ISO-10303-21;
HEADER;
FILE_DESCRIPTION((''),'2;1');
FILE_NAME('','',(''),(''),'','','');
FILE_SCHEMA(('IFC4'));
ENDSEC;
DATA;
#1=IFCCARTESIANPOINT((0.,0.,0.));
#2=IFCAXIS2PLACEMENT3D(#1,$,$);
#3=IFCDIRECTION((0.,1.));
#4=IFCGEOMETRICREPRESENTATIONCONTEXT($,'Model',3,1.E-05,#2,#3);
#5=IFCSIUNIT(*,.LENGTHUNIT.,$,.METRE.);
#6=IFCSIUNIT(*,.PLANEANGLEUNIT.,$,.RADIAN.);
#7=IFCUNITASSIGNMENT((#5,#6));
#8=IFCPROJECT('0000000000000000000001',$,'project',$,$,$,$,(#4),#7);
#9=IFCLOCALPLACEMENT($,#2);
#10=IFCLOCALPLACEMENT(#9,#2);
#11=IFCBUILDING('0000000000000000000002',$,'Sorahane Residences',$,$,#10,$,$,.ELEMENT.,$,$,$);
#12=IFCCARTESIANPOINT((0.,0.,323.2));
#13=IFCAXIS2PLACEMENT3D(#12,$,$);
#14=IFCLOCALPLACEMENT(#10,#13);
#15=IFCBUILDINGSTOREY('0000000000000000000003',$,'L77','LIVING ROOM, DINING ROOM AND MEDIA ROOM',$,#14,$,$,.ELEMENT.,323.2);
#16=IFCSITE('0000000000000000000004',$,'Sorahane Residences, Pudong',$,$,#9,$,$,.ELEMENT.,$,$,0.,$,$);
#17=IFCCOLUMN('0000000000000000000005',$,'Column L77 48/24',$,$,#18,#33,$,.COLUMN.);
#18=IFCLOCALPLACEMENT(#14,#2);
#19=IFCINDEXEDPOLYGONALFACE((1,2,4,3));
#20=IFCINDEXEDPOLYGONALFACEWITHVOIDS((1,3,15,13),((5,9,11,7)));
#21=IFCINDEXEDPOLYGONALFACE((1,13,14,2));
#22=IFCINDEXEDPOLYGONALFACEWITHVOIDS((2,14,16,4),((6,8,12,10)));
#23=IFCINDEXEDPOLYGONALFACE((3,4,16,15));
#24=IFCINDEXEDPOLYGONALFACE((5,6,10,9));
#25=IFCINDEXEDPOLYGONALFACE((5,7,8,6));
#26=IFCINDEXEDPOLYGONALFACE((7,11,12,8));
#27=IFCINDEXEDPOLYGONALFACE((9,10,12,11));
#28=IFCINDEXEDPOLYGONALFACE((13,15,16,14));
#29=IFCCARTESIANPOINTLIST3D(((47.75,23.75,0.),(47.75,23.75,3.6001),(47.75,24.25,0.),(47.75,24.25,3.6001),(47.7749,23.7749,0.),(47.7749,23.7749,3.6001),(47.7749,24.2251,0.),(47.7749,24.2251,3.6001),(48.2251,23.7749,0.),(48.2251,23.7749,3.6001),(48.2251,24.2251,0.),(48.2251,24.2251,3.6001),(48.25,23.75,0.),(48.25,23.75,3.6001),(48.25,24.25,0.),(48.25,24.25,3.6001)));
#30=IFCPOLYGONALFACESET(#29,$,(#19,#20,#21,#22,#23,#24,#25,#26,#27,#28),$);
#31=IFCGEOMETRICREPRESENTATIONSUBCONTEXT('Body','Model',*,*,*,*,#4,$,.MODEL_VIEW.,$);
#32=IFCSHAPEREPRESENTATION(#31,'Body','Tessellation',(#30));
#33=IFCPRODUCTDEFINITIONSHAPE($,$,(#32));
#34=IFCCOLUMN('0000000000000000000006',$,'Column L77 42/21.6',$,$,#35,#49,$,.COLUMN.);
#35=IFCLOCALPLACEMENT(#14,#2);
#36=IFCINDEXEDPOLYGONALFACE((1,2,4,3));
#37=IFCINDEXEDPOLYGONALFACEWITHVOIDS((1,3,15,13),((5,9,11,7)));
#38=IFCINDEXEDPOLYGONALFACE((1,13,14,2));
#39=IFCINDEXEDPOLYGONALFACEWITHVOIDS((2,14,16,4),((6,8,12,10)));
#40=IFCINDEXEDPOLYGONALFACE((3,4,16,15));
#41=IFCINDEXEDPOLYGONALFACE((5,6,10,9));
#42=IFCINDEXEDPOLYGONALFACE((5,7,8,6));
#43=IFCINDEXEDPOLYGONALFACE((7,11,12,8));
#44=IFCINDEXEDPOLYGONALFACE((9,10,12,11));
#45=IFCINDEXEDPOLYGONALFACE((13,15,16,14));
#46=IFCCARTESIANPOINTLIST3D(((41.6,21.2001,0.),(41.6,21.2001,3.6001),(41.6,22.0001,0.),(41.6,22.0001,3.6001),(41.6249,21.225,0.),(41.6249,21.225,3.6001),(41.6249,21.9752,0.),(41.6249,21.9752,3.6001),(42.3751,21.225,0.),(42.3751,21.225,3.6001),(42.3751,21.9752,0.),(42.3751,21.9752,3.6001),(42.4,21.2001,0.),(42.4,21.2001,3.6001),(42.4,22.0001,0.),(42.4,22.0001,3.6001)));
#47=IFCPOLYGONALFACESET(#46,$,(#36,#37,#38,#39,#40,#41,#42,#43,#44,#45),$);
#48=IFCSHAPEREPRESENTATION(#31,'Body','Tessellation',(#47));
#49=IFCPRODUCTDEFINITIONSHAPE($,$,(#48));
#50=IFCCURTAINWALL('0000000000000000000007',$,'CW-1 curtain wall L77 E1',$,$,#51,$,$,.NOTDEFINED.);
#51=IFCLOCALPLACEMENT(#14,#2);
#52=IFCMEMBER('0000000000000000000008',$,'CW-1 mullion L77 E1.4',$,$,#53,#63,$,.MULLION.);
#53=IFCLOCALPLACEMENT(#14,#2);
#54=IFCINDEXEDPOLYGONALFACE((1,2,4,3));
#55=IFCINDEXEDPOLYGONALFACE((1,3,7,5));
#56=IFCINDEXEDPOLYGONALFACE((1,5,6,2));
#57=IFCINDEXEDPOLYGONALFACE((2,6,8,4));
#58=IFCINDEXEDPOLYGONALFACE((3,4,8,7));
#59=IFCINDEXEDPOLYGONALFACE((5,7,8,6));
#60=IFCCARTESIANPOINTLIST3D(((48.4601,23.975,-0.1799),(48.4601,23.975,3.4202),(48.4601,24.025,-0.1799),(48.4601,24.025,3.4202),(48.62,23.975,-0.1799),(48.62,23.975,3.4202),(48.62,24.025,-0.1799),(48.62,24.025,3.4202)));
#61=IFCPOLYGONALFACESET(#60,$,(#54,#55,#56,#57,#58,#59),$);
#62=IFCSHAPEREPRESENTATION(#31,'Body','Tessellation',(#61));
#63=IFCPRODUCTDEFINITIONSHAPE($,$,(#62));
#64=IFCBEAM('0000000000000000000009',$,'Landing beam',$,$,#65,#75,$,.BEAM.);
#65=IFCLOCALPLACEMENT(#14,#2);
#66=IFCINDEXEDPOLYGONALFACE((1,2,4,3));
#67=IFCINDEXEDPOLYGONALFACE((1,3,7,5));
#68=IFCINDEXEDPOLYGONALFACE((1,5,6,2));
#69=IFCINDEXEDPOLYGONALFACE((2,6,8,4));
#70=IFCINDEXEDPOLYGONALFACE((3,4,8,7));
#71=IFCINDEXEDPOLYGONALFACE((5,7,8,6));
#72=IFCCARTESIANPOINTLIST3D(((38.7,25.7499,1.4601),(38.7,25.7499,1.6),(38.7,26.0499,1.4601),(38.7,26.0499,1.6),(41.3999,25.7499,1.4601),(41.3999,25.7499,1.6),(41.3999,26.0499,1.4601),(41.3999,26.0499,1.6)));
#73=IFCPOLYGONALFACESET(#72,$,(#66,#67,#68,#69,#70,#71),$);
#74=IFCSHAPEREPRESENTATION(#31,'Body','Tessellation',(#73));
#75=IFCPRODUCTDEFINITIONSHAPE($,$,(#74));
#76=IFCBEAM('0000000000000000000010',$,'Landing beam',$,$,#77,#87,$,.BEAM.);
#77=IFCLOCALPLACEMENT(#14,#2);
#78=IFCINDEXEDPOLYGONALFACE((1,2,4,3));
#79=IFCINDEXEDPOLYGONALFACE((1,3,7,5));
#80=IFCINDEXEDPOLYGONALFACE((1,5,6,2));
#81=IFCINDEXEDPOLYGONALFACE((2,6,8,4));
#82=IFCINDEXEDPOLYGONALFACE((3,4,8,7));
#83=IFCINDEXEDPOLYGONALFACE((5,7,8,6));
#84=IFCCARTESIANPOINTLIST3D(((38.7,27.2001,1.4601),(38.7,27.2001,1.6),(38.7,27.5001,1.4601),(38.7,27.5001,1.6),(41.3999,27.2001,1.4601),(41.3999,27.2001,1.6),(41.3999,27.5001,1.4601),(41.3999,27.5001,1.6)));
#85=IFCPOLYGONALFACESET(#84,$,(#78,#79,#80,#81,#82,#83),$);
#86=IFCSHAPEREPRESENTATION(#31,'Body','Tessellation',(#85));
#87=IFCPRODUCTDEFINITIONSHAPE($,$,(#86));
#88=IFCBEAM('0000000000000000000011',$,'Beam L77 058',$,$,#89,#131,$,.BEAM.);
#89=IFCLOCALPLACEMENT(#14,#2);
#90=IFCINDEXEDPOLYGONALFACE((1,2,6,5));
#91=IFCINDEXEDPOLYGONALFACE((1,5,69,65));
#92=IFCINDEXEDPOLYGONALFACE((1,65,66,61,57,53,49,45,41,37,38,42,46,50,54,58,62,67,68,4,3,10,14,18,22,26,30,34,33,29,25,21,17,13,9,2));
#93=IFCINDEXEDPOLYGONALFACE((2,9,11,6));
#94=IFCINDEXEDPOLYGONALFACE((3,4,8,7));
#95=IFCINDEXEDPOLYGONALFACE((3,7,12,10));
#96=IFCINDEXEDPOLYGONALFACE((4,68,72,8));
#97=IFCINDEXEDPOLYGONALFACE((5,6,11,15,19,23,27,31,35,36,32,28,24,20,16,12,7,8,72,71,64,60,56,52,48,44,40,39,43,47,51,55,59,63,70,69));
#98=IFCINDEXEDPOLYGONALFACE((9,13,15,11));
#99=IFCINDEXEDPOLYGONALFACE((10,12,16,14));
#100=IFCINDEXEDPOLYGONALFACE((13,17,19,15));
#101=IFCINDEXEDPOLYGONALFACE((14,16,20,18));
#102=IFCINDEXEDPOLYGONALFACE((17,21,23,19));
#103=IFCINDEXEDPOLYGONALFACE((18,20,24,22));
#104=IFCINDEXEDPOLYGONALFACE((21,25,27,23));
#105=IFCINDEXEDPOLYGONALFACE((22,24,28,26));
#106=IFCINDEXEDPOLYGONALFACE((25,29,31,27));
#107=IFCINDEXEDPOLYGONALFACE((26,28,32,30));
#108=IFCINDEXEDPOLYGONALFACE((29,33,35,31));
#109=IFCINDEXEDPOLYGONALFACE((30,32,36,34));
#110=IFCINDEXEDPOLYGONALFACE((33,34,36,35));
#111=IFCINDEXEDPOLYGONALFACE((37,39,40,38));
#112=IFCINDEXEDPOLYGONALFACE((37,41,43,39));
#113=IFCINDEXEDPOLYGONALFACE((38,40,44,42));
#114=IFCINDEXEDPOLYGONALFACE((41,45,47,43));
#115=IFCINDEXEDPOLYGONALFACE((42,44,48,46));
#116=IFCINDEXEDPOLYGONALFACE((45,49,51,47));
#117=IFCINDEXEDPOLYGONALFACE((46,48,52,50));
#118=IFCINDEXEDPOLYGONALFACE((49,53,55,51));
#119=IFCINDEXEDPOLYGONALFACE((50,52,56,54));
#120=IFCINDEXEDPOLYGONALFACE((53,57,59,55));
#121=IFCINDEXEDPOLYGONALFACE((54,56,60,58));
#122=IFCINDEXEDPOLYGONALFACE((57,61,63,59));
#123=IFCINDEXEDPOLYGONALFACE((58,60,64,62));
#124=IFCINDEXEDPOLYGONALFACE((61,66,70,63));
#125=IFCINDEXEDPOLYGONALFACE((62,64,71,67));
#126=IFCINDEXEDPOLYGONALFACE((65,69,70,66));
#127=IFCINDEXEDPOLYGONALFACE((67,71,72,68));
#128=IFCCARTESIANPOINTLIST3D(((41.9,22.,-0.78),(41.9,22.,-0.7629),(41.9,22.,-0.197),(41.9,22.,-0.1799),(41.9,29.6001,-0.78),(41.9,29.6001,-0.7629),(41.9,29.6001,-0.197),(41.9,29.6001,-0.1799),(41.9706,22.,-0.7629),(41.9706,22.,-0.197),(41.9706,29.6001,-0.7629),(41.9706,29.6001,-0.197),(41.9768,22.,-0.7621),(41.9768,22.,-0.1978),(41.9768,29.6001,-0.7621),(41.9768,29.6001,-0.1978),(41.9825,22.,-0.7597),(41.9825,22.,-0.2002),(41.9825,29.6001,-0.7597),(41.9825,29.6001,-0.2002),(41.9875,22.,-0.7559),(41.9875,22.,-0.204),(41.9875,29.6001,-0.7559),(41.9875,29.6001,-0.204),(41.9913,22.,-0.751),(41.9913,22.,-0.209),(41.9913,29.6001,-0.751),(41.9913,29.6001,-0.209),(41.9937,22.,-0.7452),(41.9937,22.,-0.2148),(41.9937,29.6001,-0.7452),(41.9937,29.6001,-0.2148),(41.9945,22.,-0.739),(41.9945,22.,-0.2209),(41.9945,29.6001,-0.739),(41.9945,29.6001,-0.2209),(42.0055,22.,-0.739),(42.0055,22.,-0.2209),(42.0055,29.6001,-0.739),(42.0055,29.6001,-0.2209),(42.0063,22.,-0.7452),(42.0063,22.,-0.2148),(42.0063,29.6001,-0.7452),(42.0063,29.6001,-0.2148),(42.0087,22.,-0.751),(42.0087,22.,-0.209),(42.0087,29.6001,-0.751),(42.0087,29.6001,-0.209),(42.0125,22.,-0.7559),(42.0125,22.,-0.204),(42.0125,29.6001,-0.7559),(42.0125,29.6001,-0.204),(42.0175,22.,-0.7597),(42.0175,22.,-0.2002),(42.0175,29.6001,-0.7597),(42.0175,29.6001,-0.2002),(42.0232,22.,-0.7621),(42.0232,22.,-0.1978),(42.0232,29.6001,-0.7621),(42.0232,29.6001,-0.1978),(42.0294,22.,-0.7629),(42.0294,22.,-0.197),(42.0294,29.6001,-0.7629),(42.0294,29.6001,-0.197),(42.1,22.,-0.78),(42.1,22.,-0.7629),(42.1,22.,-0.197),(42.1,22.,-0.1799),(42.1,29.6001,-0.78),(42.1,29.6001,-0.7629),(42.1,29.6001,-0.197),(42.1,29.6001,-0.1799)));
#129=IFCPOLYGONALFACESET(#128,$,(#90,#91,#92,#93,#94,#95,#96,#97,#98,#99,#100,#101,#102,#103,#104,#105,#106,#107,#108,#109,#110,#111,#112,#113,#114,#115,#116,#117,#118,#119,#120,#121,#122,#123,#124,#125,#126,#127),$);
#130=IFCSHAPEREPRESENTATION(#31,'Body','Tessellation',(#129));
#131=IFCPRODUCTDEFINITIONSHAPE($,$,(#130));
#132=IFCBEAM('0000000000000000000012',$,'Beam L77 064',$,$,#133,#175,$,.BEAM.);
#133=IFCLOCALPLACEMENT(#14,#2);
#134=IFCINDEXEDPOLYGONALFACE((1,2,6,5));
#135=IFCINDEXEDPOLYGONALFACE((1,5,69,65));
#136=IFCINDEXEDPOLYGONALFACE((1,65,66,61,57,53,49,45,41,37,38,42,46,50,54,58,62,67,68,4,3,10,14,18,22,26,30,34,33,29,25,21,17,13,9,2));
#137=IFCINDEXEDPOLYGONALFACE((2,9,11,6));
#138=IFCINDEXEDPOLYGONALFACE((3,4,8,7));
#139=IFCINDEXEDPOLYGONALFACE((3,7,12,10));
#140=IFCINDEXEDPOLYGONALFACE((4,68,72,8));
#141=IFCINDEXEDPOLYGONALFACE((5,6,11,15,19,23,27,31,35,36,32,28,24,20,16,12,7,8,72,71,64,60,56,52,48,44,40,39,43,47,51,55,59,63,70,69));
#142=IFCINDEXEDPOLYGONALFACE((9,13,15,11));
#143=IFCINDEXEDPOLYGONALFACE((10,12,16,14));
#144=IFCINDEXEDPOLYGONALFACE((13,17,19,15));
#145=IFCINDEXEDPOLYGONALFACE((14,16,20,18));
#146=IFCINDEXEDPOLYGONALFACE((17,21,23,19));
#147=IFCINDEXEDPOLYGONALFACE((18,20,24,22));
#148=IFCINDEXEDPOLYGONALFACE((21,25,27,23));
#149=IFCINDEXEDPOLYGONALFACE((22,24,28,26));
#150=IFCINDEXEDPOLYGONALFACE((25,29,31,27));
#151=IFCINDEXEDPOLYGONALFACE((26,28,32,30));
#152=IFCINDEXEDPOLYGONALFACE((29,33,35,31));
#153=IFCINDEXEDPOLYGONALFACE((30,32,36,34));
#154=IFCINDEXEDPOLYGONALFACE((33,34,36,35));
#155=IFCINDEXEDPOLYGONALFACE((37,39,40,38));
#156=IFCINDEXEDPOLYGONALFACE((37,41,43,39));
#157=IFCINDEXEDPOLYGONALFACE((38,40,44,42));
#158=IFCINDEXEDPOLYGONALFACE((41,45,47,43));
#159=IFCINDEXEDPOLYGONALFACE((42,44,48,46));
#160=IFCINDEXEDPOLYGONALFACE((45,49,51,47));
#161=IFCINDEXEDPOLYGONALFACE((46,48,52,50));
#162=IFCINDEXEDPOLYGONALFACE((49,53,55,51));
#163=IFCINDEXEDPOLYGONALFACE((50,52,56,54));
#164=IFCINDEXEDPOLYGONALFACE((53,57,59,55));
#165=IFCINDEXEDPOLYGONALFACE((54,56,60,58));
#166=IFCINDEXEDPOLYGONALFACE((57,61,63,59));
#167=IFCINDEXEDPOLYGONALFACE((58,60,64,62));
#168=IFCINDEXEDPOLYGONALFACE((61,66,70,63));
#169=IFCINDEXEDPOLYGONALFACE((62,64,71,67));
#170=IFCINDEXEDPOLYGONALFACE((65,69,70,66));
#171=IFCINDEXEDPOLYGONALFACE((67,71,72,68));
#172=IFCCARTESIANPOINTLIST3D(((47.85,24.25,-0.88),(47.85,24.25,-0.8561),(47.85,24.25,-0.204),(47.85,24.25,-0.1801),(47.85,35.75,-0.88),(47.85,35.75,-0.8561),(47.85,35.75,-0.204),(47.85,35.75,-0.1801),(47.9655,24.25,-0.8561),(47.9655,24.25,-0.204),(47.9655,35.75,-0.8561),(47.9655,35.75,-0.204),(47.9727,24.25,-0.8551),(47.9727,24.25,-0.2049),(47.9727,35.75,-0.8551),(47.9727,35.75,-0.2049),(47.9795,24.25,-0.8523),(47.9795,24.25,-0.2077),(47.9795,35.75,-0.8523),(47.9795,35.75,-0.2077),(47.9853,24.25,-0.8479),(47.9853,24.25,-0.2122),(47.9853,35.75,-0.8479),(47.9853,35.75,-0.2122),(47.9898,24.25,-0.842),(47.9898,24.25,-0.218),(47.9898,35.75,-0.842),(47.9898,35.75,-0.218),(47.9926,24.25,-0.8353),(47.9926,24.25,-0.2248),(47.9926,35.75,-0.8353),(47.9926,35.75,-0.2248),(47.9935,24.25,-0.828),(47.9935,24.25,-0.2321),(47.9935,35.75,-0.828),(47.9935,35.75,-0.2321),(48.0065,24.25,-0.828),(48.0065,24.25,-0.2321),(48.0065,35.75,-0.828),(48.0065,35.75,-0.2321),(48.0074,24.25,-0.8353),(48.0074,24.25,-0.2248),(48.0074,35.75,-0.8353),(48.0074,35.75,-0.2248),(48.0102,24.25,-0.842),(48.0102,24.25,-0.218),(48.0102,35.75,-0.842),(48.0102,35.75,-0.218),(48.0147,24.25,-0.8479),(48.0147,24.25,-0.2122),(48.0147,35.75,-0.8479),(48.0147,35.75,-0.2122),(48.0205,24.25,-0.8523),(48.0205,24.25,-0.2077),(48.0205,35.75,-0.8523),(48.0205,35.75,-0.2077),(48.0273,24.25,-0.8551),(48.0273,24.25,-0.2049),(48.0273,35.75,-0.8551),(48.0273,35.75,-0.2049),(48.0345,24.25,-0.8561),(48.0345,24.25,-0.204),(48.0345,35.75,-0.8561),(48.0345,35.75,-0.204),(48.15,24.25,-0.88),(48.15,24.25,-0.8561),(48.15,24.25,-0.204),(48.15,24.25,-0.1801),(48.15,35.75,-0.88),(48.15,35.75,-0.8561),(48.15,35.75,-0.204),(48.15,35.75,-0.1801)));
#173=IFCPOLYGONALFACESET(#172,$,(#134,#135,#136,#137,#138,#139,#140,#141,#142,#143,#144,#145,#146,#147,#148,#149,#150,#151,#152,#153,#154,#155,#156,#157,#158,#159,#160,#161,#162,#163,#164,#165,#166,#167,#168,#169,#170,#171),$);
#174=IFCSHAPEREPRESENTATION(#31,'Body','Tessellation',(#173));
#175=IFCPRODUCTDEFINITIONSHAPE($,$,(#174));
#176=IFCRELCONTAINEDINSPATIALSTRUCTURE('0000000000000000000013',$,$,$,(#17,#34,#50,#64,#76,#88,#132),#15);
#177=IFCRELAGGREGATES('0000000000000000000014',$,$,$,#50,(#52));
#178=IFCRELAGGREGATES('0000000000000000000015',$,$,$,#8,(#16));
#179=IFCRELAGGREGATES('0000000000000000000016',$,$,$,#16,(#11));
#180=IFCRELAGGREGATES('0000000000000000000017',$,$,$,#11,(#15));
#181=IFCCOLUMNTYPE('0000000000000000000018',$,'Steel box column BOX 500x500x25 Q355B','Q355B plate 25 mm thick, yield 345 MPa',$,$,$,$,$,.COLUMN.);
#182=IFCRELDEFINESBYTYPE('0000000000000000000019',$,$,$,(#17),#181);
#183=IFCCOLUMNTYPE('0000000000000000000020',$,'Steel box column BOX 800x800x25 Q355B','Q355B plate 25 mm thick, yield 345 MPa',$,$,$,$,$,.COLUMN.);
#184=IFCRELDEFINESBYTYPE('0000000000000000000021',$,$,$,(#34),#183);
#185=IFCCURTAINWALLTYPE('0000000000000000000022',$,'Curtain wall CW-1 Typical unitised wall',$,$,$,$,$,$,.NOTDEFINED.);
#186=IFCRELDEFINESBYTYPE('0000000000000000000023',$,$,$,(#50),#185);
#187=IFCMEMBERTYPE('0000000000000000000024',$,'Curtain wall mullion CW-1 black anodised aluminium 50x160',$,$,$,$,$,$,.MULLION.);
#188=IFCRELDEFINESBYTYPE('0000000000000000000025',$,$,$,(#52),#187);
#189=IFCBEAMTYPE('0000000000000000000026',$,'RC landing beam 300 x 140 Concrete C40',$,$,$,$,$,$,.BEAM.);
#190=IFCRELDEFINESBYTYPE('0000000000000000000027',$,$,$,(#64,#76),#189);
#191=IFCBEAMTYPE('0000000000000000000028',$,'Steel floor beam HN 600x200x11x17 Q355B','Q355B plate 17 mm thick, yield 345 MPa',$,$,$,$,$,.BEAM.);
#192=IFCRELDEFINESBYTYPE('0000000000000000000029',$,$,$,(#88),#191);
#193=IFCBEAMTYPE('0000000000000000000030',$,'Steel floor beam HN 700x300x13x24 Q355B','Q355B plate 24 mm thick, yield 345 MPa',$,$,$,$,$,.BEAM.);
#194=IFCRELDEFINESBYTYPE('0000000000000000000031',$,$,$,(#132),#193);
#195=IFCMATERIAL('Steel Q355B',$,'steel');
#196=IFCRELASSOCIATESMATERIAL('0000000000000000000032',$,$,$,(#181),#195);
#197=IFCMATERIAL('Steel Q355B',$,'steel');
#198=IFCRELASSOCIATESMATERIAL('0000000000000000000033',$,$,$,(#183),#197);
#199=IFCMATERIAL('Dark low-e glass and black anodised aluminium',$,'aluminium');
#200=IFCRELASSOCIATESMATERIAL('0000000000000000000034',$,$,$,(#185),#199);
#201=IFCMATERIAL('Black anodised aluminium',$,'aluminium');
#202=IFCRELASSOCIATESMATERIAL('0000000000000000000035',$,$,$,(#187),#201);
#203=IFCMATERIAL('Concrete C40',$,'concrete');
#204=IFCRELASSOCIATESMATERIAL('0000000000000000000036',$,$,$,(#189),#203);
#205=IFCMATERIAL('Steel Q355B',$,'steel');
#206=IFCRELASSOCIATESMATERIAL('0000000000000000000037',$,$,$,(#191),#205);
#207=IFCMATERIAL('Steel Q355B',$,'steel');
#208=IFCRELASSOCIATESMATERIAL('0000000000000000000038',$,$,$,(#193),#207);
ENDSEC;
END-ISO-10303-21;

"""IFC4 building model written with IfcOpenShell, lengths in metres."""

from ifc_helpers import new_model, si_unit, direction, frame, origin, origin_2d, place, context, subcontext, project, spatial, rectangle, hollow_rectangle, i_section, extrude, material, material_profile, profile_set, type_object, element, aggregate, save


model = new_model("IFC4")

# Units and contexts
model_context = context("Model", 3, precision=1e-05, world=origin(), true_north=direction((0.0, 1.0)))
body_context = subcontext(model_context, "Body", "Model", "MODEL_VIEW")
ifc_project = project(units=[si_unit("LENGTHUNIT", "METRE"), si_unit("PLANEANGLEUNIT", "RADIAN")], contexts=[model_context])

# Site, building, storey
site_placement = place(None, origin())
site = spatial("IfcSite", under=ifc_project, at=site_placement, Name="Sorahane Residences, Pudong", CompositionType="ELEMENT", RefElevation=0.0)
building_placement = place(site_placement, origin())
building = spatial("IfcBuilding", under=site, at=building_placement, Name="Sorahane Residences", CompositionType="ELEMENT")
storey_placement = place(building_placement, frame((0.0, 0.0, 323.2)))
storey = spatial("IfcBuildingStorey", under=building, at=storey_placement, Name="L77", Description="LIVING ROOM, DINING ROOM AND MEDIA ROOM", CompositionType="ELEMENT", Elevation=323.2)

# Columns
ifc_material_1 = material(Name="Steel Q355B", Category="steel")
ifc_material_profile_1 = material_profile(ifc_material_1, hollow_rectangle(XDim=0.5, YDim=0.5, WallThickness=0.0249, at=origin_2d()), Name="BOX 500x500x25")
ifc_profile_set_1 = profile_set([ifc_material_profile_1], Name="Steel Q355B")
column_type_1 = type_object("IfcColumnType", Name="Steel box column BOX 500x500x25 Q355B", Description="Q355B plate 25 mm thick, yield 345 MPa", PredefinedType="COLUMN", material=ifc_profile_set_1)
column_1_placement = place(storey_placement, frame((48.0, 24.0, 0.0), z_axis=(0.0, 0.0, 1.0), x_axis=(1.0, 0.0, 0.0)))
element("IfcColumn", 1, at=column_1_placement, inside=storey, type_object=column_type_1, Name="Column L77 48/24", PredefinedType="COLUMN", context=body_context, shape_type="SweptSolid", body=[
    extrude(hollow_rectangle(XDim=0.5, YDim=0.5, WallThickness=0.0249, at=origin_2d()), origin(), (0.0, 0.0, 1.0), 3.6001),
])
ifc_material_2 = material(Name="Steel Q355B", Category="steel")
ifc_material_profile_2 = material_profile(ifc_material_2, hollow_rectangle(XDim=0.8, YDim=0.8, WallThickness=0.0249, at=origin_2d()), Name="BOX 800x800x25")
ifc_profile_set_2 = profile_set([ifc_material_profile_2], Name="Steel Q355B")
column_type_2 = type_object("IfcColumnType", Name="Steel box column BOX 800x800x25 Q355B", Description="Q355B plate 25 mm thick, yield 345 MPa", PredefinedType="COLUMN", material=ifc_profile_set_2)
column_2_placement = place(storey_placement, frame((42.0, 21.6001, 0.0), z_axis=(0.0, 0.0, 1.0), x_axis=(1.0, 0.0, 0.0)))
element("IfcColumn", 2, at=column_2_placement, inside=storey, type_object=column_type_2, Name="Column L77 42/21.6", PredefinedType="COLUMN", context=body_context, shape_type="SweptSolid", body=[
    extrude(hollow_rectangle(XDim=0.8, YDim=0.8, WallThickness=0.0249, at=origin_2d()), origin(), (0.0, 0.0, 1.0), 3.6001),
])

# Curtain wall, member
ifc_material_3 = material(Name="Dark low-e glass and black anodised aluminium", Category="aluminium")
curtain_wall_type = type_object("IfcCurtainWallType", Name="Curtain wall CW-1 Typical unitised wall", PredefinedType="NOTDEFINED", material=ifc_material_3)
curtain_wall_placement = place(storey_placement, origin())
curtain_wall = element("IfcCurtainWall", 3, at=curtain_wall_placement, inside=storey, type_object=curtain_wall_type, Name="CW-1 curtain wall L77 E1", PredefinedType="NOTDEFINED")
ifc_material_4 = material(Name="Black anodised aluminium", Category="aluminium")
ifc_material_profile_3 = material_profile(ifc_material_4, rectangle(XDim=0.1599, YDim=0.05, at=origin_2d()), Name="Curtain wall mullion CW-1 black anodised aluminium 50x160")
ifc_profile_set_3 = profile_set([ifc_material_profile_3], Name="Black anodised aluminium")
member_type = type_object("IfcMemberType", Name="Curtain wall mullion CW-1 black anodised aluminium 50x160", PredefinedType="MULLION", material=ifc_profile_set_3)
member_placement = place(storey_placement, frame((48.54, 24.0, -0.1799), z_axis=(0.0, 0.0, 1.0), x_axis=(1.0, 0.0, 0.0)))
member = element("IfcMember", 4, at=member_placement, type_object=member_type, Name="CW-1 mullion L77 E1.4", PredefinedType="MULLION", context=body_context, shape_type="SweptSolid", body=[
    extrude(rectangle(XDim=0.1599, YDim=0.05, at=origin_2d()), origin(), (0.0, 0.0, 1.0), 3.6001),
])

# Beams
ifc_material_5 = material(Name="Concrete C40", Category="concrete")
ifc_material_profile_4 = material_profile(ifc_material_5, rectangle(XDim=0.3, YDim=0.1399, at=origin_2d()), Name="300x140")
ifc_profile_set_4 = profile_set([ifc_material_profile_4], Name="Concrete C40")
beam_type_1 = type_object("IfcBeamType", Name="RC landing beam 300 x 140 Concrete C40", PredefinedType="BEAM", material=ifc_profile_set_4)
for number, where, z_axis, x_axis, name in (
    (5, (38.7, 25.8999, 1.53), (1.0, 0.0, 0.0), (0.0, 1.0, 0.0), "Landing beam"),
    (6, (38.7, 27.3501, 1.53), (1.0, 0.0, 0.0), (0.0, 1.0, 0.0), "Landing beam"),
):
    element("IfcBeam", number, at=place(storey_placement, frame(where, z_axis=z_axis, x_axis=x_axis)), inside=storey, type_object=beam_type_1, Name=name, PredefinedType="BEAM", context=body_context, shape_type="SweptSolid", body=[
        extrude(rectangle(XDim=0.3, YDim=0.1399, at=origin_2d()), origin(), (0.0, 0.0, 1.0), 2.7),
    ])
ifc_material_6 = material(Name="Steel Q355B", Category="steel")
ifc_material_profile_5 = material_profile(ifc_material_6, i_section(OverallWidth=0.2, OverallDepth=0.6001, WebThickness=0.011, FlangeThickness=0.0171, FilletRadius=0.0239, at=origin_2d()), Name="HN 600x200x11x17")
ifc_profile_set_5 = profile_set([ifc_material_profile_5], Name="Steel Q355B")
beam_type_2 = type_object("IfcBeamType", Name="Steel floor beam HN 600x200x11x17 Q355B", Description="Q355B plate 17 mm thick, yield 345 MPa", PredefinedType="BEAM", material=ifc_profile_set_5)
beam_1_placement = place(storey_placement, frame((42.0, 22.0, -0.48), z_axis=(0.0, 1.0, 0.0), x_axis=(-1.0, 0.0, 0.0)))
element("IfcBeam", 7, at=beam_1_placement, inside=storey, type_object=beam_type_2, Name="Beam L77 058", PredefinedType="BEAM", context=body_context, shape_type="SweptSolid", body=[
    extrude(i_section(OverallWidth=0.2, OverallDepth=0.6001, WebThickness=0.011, FlangeThickness=0.0171, FilletRadius=0.0239, at=origin_2d()), origin(), (0.0, 0.0, 1.0), 7.6001),
])
ifc_material_7 = material(Name="Steel Q355B", Category="steel")
ifc_material_profile_6 = material_profile(ifc_material_7, i_section(OverallWidth=0.3, OverallDepth=0.7, WebThickness=0.0129, FlangeThickness=0.0239, FilletRadius=0.0281, at=origin_2d()), Name="HN 700x300x13x24")
ifc_profile_set_6 = profile_set([ifc_material_profile_6], Name="Steel Q355B")
beam_type_3 = type_object("IfcBeamType", Name="Steel floor beam HN 700x300x13x24 Q355B", Description="Q355B plate 24 mm thick, yield 345 MPa", PredefinedType="BEAM", material=ifc_profile_set_6)
beam_2_placement = place(storey_placement, frame((48.0, 24.25, -0.53), z_axis=(0.0, 1.0, 0.0), x_axis=(-1.0, 0.0, 0.0)))
element("IfcBeam", 8, at=beam_2_placement, inside=storey, type_object=beam_type_3, Name="Beam L77 064", PredefinedType="BEAM", context=body_context, shape_type="SweptSolid", body=[
    extrude(i_section(OverallWidth=0.3, OverallDepth=0.7, WebThickness=0.0129, FlangeThickness=0.0239, FilletRadius=0.0281, at=origin_2d()), origin(), (0.0, 0.0, 1.0), 11.5),
])

aggregate(curtain_wall, [member])

save(model, "model.ifc")
